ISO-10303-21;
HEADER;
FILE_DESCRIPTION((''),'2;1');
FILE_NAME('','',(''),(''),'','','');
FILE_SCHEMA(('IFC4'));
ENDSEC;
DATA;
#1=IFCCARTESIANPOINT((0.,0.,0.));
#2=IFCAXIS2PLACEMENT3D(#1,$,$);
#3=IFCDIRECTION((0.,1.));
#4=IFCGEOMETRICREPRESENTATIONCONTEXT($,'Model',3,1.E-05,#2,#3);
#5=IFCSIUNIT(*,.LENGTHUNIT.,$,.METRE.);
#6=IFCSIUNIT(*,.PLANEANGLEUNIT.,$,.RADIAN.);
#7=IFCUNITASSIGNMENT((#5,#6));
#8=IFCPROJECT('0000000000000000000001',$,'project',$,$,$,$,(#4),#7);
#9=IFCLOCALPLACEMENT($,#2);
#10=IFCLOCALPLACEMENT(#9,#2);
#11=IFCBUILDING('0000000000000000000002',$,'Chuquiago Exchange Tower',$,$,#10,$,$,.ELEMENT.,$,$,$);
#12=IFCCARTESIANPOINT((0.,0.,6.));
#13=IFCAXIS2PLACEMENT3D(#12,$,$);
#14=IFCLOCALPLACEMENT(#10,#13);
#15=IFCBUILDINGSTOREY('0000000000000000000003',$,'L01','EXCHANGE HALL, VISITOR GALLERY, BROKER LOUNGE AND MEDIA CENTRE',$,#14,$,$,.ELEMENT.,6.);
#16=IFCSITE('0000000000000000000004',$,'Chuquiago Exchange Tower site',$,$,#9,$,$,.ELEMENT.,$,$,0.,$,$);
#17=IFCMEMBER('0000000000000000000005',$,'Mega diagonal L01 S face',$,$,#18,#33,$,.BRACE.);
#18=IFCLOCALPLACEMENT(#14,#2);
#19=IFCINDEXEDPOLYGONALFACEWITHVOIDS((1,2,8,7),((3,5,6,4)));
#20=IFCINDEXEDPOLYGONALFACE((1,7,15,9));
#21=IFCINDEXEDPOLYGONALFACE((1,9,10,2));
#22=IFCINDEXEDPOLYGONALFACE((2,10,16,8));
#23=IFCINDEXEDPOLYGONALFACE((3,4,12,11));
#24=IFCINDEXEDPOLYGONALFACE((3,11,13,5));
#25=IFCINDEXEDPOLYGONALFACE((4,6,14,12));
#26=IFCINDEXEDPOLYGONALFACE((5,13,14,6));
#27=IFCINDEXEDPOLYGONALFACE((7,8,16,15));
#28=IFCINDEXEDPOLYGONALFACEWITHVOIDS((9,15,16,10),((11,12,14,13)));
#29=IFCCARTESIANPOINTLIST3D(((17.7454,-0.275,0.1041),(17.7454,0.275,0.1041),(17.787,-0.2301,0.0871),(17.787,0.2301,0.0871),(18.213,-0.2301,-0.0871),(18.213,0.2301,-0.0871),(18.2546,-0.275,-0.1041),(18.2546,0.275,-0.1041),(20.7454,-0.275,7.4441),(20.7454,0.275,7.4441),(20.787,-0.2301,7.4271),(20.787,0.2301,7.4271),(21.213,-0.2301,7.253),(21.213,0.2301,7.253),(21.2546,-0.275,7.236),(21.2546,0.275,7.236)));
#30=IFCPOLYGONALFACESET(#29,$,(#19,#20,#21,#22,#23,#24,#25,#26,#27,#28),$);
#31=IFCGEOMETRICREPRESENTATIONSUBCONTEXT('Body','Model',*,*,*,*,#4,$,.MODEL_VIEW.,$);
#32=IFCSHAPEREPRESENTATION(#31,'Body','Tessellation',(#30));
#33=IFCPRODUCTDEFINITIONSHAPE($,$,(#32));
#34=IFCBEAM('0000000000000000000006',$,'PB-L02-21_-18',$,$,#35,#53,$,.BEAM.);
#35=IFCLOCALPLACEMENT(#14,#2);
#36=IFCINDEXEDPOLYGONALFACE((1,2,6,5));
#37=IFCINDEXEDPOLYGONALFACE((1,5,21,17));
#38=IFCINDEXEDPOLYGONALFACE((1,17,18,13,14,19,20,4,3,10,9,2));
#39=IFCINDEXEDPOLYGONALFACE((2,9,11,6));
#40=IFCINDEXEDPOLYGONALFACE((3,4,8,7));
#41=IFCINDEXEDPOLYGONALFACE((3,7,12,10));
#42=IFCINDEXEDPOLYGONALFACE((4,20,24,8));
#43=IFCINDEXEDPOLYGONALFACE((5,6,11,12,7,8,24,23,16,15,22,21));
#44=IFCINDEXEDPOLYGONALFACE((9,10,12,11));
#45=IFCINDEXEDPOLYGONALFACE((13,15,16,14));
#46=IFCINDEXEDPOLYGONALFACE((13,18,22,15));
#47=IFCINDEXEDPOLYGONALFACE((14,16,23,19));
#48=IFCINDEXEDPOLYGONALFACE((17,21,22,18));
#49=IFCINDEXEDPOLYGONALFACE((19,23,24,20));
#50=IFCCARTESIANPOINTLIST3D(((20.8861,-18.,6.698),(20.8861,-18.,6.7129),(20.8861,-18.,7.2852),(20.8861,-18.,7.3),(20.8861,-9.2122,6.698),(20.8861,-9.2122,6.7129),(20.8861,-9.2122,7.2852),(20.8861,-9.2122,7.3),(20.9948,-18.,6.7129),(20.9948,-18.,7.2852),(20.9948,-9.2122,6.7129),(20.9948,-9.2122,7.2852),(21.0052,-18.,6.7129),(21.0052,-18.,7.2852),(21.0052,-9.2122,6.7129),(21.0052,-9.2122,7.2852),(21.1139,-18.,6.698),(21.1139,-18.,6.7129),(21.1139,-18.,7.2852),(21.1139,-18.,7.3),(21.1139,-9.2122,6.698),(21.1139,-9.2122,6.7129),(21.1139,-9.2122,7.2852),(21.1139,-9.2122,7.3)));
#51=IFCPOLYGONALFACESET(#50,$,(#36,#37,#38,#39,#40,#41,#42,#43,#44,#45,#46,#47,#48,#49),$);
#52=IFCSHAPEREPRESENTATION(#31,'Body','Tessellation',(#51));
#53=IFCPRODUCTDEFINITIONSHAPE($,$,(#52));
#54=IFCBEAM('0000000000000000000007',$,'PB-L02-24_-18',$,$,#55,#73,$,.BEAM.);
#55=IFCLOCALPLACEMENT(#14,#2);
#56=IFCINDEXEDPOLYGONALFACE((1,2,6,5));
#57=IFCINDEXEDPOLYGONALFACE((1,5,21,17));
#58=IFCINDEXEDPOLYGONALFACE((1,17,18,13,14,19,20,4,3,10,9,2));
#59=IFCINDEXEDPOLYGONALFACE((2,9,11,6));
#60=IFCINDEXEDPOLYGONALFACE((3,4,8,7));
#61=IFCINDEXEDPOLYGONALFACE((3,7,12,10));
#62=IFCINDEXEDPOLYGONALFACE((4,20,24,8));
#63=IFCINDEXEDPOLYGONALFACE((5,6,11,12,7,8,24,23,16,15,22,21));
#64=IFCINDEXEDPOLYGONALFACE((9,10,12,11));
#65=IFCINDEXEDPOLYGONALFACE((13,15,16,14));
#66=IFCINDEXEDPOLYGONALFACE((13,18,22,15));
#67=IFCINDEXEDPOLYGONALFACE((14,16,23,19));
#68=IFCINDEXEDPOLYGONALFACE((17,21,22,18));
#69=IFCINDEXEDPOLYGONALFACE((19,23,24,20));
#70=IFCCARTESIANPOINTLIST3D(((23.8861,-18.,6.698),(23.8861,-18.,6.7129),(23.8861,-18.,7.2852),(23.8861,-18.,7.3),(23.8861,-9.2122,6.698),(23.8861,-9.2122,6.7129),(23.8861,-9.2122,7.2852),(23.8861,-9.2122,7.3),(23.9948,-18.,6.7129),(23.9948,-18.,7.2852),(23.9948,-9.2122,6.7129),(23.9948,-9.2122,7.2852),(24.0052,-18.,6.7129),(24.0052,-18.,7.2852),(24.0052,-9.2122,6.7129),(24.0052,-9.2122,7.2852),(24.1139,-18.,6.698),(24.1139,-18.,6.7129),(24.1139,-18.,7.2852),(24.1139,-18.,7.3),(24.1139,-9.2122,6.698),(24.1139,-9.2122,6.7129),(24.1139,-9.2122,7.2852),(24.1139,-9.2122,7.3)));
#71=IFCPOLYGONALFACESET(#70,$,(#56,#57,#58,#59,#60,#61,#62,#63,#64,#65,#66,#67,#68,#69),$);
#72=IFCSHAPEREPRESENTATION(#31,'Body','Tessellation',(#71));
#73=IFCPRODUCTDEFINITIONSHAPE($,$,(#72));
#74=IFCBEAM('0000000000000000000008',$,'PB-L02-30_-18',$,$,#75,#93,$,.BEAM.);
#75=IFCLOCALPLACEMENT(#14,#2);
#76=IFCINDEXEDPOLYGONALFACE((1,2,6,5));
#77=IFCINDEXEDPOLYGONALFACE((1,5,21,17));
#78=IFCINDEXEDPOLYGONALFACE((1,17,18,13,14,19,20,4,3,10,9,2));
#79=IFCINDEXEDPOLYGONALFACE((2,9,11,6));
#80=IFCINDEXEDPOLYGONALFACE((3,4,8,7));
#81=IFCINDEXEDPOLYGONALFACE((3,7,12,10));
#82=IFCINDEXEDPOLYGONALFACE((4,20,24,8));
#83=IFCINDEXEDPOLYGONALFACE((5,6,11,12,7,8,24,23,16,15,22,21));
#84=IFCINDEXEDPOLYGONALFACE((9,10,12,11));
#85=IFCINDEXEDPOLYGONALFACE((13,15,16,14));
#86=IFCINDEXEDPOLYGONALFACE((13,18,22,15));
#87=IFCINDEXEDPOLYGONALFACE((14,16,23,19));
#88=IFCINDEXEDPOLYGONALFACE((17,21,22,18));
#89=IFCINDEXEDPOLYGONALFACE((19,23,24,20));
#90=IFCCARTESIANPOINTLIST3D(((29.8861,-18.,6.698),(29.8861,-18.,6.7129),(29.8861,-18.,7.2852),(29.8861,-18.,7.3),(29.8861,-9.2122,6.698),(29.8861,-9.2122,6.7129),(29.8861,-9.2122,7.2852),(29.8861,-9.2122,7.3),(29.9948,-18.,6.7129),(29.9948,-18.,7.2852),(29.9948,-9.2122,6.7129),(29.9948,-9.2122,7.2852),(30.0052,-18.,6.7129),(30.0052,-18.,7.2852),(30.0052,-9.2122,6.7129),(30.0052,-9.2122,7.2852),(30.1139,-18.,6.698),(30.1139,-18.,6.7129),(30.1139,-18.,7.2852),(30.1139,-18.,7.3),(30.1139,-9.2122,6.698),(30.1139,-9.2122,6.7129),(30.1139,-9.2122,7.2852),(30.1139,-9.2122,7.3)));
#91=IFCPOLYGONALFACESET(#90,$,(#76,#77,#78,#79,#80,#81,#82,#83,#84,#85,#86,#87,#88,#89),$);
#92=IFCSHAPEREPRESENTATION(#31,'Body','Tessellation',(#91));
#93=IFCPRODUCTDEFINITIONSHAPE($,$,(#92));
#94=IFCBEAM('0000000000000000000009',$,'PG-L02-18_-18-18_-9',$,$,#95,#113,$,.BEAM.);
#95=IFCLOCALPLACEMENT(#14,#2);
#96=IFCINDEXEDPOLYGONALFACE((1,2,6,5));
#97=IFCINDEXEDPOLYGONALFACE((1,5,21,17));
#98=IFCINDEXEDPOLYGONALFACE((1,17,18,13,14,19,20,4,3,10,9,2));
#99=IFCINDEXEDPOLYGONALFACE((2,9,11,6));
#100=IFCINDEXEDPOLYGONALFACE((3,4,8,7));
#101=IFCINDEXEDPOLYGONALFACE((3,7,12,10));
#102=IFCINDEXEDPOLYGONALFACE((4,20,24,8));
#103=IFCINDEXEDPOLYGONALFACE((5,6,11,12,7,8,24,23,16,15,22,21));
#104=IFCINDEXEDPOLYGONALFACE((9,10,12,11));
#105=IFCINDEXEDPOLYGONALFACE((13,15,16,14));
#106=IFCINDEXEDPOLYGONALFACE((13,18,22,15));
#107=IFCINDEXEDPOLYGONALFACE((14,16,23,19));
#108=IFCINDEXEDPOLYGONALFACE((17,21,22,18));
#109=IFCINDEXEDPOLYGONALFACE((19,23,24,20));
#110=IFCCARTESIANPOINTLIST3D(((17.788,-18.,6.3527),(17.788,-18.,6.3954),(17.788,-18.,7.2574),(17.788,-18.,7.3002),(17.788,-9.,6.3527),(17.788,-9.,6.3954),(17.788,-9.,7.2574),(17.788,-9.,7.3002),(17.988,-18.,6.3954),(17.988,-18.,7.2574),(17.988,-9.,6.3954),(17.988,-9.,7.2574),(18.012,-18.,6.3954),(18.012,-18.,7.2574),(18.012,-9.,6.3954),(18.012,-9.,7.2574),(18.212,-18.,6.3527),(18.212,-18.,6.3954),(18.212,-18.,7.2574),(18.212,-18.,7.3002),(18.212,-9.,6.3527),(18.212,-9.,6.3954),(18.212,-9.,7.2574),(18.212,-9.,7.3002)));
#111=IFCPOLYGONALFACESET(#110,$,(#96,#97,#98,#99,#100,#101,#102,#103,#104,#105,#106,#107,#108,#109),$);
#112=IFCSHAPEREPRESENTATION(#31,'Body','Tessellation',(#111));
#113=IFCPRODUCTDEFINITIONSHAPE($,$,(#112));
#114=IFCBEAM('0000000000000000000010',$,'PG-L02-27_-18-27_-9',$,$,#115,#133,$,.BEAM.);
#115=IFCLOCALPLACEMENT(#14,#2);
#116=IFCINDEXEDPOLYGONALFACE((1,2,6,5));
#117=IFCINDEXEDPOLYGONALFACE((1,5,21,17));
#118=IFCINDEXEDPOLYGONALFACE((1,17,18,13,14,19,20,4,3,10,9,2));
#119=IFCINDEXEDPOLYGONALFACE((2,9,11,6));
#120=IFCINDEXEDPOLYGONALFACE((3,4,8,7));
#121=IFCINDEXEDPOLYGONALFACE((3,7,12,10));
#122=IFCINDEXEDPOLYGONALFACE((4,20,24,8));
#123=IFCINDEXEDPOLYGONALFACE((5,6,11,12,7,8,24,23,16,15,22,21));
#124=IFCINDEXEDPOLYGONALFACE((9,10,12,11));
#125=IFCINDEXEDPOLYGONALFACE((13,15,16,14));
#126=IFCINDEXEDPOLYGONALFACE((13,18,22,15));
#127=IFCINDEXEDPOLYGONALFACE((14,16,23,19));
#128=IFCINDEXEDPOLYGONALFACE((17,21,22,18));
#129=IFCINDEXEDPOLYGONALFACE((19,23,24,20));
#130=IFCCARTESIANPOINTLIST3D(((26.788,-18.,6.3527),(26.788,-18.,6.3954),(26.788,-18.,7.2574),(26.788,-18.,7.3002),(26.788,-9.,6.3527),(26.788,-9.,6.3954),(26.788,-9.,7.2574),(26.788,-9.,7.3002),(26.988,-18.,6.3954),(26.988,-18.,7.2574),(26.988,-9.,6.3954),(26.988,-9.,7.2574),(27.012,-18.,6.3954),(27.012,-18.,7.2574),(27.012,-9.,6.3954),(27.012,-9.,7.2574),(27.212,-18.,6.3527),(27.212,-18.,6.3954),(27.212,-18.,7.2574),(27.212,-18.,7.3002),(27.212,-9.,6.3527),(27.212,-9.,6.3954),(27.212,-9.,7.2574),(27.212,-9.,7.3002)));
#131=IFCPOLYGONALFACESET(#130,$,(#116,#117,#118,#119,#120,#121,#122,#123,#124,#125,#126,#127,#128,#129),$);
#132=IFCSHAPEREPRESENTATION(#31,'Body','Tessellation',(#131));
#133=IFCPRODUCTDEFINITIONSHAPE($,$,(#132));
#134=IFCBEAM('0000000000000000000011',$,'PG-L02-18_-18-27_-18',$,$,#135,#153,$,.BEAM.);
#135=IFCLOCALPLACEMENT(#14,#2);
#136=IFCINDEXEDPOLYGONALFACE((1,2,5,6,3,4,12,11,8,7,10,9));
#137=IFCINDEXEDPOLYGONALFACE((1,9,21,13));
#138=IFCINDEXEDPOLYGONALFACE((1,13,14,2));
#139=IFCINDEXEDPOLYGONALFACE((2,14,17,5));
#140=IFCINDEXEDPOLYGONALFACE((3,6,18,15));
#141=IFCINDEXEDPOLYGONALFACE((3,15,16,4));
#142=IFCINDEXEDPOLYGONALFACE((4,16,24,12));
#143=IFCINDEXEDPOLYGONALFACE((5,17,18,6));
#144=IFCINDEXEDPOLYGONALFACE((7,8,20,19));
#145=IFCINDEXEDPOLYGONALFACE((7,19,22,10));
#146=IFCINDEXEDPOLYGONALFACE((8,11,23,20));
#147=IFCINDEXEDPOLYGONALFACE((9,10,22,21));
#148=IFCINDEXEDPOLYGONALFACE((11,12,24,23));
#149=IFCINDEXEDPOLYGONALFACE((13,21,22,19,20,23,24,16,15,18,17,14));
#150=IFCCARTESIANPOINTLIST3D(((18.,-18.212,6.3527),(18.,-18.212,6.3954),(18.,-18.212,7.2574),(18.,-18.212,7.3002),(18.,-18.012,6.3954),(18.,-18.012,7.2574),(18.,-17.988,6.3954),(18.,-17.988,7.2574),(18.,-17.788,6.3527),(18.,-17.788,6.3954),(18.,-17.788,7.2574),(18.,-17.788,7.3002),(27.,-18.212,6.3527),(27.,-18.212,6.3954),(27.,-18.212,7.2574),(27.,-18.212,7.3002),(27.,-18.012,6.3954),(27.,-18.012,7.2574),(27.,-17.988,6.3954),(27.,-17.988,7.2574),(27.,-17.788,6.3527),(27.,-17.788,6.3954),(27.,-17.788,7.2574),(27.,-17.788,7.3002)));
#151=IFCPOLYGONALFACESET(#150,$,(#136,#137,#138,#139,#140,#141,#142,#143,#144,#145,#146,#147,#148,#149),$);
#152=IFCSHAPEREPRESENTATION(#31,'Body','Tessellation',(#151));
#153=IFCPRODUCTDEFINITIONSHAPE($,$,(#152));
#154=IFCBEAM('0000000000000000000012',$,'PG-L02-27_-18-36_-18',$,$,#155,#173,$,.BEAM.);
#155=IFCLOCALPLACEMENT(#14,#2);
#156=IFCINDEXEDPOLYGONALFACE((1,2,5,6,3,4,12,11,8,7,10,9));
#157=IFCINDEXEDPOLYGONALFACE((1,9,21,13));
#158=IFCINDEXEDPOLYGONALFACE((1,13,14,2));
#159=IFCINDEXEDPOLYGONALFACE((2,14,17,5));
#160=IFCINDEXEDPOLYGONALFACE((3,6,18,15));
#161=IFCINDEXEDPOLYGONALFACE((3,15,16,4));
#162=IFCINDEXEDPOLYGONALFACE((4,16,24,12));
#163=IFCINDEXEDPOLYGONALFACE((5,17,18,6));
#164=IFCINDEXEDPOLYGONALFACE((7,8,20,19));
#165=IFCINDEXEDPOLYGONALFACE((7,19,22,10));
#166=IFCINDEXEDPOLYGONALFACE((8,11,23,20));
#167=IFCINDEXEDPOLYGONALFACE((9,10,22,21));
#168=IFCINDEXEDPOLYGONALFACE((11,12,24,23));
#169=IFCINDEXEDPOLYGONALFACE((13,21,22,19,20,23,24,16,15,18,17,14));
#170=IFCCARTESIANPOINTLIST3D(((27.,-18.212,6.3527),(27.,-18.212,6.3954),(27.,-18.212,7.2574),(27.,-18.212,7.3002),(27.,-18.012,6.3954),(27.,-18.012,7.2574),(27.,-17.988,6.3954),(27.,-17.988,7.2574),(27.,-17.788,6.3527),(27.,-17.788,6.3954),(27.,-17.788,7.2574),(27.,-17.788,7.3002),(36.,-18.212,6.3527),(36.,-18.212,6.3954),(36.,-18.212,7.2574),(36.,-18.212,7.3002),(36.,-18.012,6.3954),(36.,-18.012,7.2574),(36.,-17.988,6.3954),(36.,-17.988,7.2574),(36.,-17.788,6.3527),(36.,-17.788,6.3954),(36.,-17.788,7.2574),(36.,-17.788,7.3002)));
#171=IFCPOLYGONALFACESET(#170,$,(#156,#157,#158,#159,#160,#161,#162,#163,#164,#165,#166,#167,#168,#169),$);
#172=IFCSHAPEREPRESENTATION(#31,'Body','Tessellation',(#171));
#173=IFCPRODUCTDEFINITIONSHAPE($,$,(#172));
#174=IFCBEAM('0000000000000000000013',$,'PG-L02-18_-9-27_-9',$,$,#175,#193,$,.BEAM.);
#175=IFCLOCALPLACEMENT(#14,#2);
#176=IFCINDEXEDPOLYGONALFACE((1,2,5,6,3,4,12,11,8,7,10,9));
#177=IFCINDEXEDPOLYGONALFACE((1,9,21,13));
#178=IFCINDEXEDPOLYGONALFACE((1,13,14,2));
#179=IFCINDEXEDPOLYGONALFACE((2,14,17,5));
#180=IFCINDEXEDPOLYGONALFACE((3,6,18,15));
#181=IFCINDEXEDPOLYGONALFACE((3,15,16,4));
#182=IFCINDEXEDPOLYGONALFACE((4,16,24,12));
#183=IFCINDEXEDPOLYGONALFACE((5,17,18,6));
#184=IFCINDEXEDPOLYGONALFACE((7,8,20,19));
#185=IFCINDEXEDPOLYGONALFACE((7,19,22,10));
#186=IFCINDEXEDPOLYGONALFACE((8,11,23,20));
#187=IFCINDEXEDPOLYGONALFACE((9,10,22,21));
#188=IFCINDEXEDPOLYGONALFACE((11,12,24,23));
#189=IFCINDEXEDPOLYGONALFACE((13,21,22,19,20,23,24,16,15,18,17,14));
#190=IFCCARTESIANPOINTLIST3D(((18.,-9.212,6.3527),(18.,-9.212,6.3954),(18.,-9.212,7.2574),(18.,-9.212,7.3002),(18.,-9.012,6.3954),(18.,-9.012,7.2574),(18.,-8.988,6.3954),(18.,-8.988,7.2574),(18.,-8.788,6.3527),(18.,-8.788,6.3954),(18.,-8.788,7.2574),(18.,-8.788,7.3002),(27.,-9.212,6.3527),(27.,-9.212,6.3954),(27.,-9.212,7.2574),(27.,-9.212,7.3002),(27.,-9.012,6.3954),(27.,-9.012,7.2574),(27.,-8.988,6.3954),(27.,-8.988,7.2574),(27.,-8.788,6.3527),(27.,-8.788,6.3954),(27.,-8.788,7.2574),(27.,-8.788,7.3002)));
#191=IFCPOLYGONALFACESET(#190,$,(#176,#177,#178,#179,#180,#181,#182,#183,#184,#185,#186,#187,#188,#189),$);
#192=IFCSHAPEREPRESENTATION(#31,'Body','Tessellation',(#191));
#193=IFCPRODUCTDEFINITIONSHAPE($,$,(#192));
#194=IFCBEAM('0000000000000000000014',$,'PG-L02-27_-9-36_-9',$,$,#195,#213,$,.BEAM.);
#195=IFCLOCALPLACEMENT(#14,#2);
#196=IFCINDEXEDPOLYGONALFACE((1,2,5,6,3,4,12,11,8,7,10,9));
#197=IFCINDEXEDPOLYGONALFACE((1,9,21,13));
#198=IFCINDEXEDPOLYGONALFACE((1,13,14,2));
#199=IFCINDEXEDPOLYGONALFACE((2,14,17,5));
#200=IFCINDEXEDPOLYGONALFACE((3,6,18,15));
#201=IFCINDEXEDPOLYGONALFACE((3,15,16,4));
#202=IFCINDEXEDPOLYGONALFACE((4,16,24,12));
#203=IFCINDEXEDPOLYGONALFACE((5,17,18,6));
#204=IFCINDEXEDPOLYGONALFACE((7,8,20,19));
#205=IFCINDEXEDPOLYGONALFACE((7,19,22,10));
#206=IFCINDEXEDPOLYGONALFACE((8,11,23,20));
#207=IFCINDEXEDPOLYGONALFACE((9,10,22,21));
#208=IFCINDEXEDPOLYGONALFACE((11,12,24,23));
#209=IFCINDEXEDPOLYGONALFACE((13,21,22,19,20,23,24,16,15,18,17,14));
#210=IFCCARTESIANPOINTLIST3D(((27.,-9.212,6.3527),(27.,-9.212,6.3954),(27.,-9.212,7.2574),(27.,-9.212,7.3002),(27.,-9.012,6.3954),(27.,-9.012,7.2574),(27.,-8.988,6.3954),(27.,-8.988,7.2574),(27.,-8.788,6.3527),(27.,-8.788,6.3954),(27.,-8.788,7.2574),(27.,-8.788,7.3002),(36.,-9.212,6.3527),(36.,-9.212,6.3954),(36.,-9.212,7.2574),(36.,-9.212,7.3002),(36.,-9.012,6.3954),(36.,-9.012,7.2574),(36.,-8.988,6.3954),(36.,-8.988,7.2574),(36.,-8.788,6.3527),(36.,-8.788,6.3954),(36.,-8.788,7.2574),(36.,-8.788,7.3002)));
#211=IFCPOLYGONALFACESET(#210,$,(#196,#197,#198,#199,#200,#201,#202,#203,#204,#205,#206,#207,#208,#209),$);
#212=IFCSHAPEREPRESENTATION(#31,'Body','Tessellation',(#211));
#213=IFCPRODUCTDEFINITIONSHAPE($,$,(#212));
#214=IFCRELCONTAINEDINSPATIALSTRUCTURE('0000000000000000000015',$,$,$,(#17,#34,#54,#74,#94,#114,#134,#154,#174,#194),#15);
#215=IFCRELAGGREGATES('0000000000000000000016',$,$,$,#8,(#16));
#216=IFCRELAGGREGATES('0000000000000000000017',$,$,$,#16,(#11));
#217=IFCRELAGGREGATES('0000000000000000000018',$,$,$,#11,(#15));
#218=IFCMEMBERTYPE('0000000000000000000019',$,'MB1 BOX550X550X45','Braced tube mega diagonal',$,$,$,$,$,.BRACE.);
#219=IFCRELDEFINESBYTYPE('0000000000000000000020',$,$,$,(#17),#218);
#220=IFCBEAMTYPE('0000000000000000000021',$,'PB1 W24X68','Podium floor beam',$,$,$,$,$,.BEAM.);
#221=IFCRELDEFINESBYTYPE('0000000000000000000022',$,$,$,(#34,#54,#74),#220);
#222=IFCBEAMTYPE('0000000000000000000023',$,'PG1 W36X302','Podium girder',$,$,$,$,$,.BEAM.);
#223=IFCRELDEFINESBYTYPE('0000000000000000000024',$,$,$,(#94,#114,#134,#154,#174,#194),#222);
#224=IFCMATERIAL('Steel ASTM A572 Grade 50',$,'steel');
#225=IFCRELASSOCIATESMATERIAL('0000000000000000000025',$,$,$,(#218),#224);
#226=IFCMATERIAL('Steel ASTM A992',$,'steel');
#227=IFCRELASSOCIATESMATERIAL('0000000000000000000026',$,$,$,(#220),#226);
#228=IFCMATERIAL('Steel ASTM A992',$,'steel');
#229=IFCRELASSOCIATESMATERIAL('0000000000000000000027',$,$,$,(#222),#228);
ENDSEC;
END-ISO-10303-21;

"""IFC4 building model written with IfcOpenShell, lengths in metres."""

from ifc_helpers import new_model, si_unit, direction, frame, origin, origin_2d, place, context, subcontext, project, spatial, hollow_rectangle, i_section, extrude, material, material_profile, profile_set, type_object, element, save


model = new_model("IFC4")

# Units and contexts
model_context = context("Model", 3, precision=1e-05, world=origin(), true_north=direction((0.0, 1.0)))
body_context = subcontext(model_context, "Body", "Model", "MODEL_VIEW")
ifc_project = project(units=[si_unit("LENGTHUNIT", "METRE"), si_unit("PLANEANGLEUNIT", "RADIAN")], contexts=[model_context])

# Site, building, storey
site_placement = place(None, origin())
site = spatial("IfcSite", under=ifc_project, at=site_placement, Name="Chuquiago Exchange Tower site", CompositionType="ELEMENT", RefElevation=0.0)
building_placement = place(site_placement, origin())
building = spatial("IfcBuilding", under=site, at=building_placement, Name="Chuquiago Exchange Tower", CompositionType="ELEMENT")
storey_placement = place(building_placement, frame((0.0, 0.0, 6.0)))
storey = spatial("IfcBuildingStorey", under=building, at=storey_placement, Name="L01", Description="EXCHANGE HALL, VISITOR GALLERY, BROKER LOUNGE AND MEDIA CENTRE", CompositionType="ELEMENT", Elevation=6.0)

# Member
ifc_material_1 = material(Name="Steel ASTM A572 Grade 50", Category="steel")
ifc_material_profile_1 = material_profile(ifc_material_1, hollow_rectangle(XDim=0.55, YDim=0.55, WallThickness=0.0449, at=origin_2d()), Name="BOX550X550X45")
ifc_profile_set_1 = profile_set([ifc_material_profile_1], Name="Steel ASTM A572 Grade 50")
member_type_1 = type_object("IfcMemberType", Name="MB1 BOX550X550X45", Description="Braced tube mega diagonal", PredefinedType="BRACE", material=ifc_profile_set_1)
member_1_placement = place(storey_placement, frame((18.0, 0.0, 0.0), z_axis=(0.378334, 0.0, 0.925669), x_axis=(0.0, 1.0, 0.0)))
element("IfcMember", 1, at=member_1_placement, inside=storey, type_object=member_type_1, Name="Mega diagonal L01 S face", PredefinedType="BRACE", context=body_context, shape_type="SweptSolid", body=[
    extrude(hollow_rectangle(XDim=0.55, YDim=0.55, WallThickness=0.0449, at=origin_2d()), origin(), (0.0, 0.0, 1.0), 7.9294),
])

# Beams
ifc_material_2 = material(Name="Steel ASTM A992", Category="steel")
ifc_material_profile_2 = material_profile(ifc_material_2, i_section(OverallWidth=0.2278, OverallDepth=0.6021, WebThickness=0.0105, FlangeThickness=0.0149, at=origin_2d()), Name="W24X68")
ifc_profile_set_2 = profile_set([ifc_material_profile_2], Name="Steel ASTM A992")
beam_type_1 = type_object("IfcBeamType", Name="PB1 W24X68", Description="Podium floor beam", PredefinedType="BEAM", material=ifc_profile_set_2)
for number, where, z_axis, x_axis, name in (
    (2, (21.0, -18.0, 6.999), (0.0, 1.0, 0.0), (-1.0, 0.0, 0.0), "PB-L02-21_-18"),
    (3, (24.0, -18.0, 6.999), (0.0, 1.0, 0.0), (-1.0, 0.0, 0.0), "PB-L02-24_-18"),
    (4, (30.0, -18.0, 6.999), (0.0, 1.0, 0.0), (-1.0, 0.0, 0.0), "PB-L02-30_-18"),
):
    element("IfcBeam", number, at=place(storey_placement, frame(where, z_axis=z_axis, x_axis=x_axis)), inside=storey, type_object=beam_type_1, Name=name, PredefinedType="BEAM", context=body_context, shape_type="SweptSolid", body=[
        extrude(i_section(OverallWidth=0.2278, OverallDepth=0.6021, WebThickness=0.0105, FlangeThickness=0.0149, at=origin_2d()), origin(), (0.0, 0.0, 1.0), 8.7878),
    ])
ifc_material_3 = material(Name="Steel ASTM A992", Category="steel")
ifc_material_profile_3 = material_profile(ifc_material_3, i_section(OverallWidth=0.4241, OverallDepth=0.9475, WebThickness=0.0239, FlangeThickness=0.0427, at=origin_2d()), Name="W36X302")
ifc_profile_set_3 = profile_set([ifc_material_profile_3], Name="Steel ASTM A992")
beam_type_2 = type_object("IfcBeamType", Name="PG1 W36X302", Description="Podium girder", PredefinedType="BEAM", material=ifc_profile_set_3)
for number, where, z_axis, x_axis, name in (
    (5, (18.0, -18.0, 6.8264), (0.0, 1.0, 0.0), (-1.0, 0.0, 0.0), "PG-L02-18_-18-18_-9"),
    (6, (27.0, -18.0, 6.8264), (0.0, 1.0, 0.0), (-1.0, 0.0, 0.0), "PG-L02-27_-18-27_-9"),
    (7, (18.0, -18.0, 6.8264), (1.0, 0.0, 0.0), (0.0, 1.0, 0.0), "PG-L02-18_-18-27_-18"),
    (8, (27.0, -18.0, 6.8264), (1.0, 0.0, 0.0), (0.0, 1.0, 0.0), "PG-L02-27_-18-36_-18"),
    (9, (18.0, -9.0, 6.8264), (1.0, 0.0, 0.0), (0.0, 1.0, 0.0), "PG-L02-18_-9-27_-9"),
    (10, (27.0, -9.0, 6.8264), (1.0, 0.0, 0.0), (0.0, 1.0, 0.0), "PG-L02-27_-9-36_-9"),
):
    element("IfcBeam", number, at=place(storey_placement, frame(where, z_axis=z_axis, x_axis=x_axis)), inside=storey, type_object=beam_type_2, Name=name, PredefinedType="BEAM", context=body_context, shape_type="SweptSolid", body=[
        extrude(i_section(OverallWidth=0.4241, OverallDepth=0.9475, WebThickness=0.0239, FlangeThickness=0.0427, at=origin_2d()), origin(), (0.0, 0.0, 1.0), 9.0),
    ])

save(model, "model.ifc")
